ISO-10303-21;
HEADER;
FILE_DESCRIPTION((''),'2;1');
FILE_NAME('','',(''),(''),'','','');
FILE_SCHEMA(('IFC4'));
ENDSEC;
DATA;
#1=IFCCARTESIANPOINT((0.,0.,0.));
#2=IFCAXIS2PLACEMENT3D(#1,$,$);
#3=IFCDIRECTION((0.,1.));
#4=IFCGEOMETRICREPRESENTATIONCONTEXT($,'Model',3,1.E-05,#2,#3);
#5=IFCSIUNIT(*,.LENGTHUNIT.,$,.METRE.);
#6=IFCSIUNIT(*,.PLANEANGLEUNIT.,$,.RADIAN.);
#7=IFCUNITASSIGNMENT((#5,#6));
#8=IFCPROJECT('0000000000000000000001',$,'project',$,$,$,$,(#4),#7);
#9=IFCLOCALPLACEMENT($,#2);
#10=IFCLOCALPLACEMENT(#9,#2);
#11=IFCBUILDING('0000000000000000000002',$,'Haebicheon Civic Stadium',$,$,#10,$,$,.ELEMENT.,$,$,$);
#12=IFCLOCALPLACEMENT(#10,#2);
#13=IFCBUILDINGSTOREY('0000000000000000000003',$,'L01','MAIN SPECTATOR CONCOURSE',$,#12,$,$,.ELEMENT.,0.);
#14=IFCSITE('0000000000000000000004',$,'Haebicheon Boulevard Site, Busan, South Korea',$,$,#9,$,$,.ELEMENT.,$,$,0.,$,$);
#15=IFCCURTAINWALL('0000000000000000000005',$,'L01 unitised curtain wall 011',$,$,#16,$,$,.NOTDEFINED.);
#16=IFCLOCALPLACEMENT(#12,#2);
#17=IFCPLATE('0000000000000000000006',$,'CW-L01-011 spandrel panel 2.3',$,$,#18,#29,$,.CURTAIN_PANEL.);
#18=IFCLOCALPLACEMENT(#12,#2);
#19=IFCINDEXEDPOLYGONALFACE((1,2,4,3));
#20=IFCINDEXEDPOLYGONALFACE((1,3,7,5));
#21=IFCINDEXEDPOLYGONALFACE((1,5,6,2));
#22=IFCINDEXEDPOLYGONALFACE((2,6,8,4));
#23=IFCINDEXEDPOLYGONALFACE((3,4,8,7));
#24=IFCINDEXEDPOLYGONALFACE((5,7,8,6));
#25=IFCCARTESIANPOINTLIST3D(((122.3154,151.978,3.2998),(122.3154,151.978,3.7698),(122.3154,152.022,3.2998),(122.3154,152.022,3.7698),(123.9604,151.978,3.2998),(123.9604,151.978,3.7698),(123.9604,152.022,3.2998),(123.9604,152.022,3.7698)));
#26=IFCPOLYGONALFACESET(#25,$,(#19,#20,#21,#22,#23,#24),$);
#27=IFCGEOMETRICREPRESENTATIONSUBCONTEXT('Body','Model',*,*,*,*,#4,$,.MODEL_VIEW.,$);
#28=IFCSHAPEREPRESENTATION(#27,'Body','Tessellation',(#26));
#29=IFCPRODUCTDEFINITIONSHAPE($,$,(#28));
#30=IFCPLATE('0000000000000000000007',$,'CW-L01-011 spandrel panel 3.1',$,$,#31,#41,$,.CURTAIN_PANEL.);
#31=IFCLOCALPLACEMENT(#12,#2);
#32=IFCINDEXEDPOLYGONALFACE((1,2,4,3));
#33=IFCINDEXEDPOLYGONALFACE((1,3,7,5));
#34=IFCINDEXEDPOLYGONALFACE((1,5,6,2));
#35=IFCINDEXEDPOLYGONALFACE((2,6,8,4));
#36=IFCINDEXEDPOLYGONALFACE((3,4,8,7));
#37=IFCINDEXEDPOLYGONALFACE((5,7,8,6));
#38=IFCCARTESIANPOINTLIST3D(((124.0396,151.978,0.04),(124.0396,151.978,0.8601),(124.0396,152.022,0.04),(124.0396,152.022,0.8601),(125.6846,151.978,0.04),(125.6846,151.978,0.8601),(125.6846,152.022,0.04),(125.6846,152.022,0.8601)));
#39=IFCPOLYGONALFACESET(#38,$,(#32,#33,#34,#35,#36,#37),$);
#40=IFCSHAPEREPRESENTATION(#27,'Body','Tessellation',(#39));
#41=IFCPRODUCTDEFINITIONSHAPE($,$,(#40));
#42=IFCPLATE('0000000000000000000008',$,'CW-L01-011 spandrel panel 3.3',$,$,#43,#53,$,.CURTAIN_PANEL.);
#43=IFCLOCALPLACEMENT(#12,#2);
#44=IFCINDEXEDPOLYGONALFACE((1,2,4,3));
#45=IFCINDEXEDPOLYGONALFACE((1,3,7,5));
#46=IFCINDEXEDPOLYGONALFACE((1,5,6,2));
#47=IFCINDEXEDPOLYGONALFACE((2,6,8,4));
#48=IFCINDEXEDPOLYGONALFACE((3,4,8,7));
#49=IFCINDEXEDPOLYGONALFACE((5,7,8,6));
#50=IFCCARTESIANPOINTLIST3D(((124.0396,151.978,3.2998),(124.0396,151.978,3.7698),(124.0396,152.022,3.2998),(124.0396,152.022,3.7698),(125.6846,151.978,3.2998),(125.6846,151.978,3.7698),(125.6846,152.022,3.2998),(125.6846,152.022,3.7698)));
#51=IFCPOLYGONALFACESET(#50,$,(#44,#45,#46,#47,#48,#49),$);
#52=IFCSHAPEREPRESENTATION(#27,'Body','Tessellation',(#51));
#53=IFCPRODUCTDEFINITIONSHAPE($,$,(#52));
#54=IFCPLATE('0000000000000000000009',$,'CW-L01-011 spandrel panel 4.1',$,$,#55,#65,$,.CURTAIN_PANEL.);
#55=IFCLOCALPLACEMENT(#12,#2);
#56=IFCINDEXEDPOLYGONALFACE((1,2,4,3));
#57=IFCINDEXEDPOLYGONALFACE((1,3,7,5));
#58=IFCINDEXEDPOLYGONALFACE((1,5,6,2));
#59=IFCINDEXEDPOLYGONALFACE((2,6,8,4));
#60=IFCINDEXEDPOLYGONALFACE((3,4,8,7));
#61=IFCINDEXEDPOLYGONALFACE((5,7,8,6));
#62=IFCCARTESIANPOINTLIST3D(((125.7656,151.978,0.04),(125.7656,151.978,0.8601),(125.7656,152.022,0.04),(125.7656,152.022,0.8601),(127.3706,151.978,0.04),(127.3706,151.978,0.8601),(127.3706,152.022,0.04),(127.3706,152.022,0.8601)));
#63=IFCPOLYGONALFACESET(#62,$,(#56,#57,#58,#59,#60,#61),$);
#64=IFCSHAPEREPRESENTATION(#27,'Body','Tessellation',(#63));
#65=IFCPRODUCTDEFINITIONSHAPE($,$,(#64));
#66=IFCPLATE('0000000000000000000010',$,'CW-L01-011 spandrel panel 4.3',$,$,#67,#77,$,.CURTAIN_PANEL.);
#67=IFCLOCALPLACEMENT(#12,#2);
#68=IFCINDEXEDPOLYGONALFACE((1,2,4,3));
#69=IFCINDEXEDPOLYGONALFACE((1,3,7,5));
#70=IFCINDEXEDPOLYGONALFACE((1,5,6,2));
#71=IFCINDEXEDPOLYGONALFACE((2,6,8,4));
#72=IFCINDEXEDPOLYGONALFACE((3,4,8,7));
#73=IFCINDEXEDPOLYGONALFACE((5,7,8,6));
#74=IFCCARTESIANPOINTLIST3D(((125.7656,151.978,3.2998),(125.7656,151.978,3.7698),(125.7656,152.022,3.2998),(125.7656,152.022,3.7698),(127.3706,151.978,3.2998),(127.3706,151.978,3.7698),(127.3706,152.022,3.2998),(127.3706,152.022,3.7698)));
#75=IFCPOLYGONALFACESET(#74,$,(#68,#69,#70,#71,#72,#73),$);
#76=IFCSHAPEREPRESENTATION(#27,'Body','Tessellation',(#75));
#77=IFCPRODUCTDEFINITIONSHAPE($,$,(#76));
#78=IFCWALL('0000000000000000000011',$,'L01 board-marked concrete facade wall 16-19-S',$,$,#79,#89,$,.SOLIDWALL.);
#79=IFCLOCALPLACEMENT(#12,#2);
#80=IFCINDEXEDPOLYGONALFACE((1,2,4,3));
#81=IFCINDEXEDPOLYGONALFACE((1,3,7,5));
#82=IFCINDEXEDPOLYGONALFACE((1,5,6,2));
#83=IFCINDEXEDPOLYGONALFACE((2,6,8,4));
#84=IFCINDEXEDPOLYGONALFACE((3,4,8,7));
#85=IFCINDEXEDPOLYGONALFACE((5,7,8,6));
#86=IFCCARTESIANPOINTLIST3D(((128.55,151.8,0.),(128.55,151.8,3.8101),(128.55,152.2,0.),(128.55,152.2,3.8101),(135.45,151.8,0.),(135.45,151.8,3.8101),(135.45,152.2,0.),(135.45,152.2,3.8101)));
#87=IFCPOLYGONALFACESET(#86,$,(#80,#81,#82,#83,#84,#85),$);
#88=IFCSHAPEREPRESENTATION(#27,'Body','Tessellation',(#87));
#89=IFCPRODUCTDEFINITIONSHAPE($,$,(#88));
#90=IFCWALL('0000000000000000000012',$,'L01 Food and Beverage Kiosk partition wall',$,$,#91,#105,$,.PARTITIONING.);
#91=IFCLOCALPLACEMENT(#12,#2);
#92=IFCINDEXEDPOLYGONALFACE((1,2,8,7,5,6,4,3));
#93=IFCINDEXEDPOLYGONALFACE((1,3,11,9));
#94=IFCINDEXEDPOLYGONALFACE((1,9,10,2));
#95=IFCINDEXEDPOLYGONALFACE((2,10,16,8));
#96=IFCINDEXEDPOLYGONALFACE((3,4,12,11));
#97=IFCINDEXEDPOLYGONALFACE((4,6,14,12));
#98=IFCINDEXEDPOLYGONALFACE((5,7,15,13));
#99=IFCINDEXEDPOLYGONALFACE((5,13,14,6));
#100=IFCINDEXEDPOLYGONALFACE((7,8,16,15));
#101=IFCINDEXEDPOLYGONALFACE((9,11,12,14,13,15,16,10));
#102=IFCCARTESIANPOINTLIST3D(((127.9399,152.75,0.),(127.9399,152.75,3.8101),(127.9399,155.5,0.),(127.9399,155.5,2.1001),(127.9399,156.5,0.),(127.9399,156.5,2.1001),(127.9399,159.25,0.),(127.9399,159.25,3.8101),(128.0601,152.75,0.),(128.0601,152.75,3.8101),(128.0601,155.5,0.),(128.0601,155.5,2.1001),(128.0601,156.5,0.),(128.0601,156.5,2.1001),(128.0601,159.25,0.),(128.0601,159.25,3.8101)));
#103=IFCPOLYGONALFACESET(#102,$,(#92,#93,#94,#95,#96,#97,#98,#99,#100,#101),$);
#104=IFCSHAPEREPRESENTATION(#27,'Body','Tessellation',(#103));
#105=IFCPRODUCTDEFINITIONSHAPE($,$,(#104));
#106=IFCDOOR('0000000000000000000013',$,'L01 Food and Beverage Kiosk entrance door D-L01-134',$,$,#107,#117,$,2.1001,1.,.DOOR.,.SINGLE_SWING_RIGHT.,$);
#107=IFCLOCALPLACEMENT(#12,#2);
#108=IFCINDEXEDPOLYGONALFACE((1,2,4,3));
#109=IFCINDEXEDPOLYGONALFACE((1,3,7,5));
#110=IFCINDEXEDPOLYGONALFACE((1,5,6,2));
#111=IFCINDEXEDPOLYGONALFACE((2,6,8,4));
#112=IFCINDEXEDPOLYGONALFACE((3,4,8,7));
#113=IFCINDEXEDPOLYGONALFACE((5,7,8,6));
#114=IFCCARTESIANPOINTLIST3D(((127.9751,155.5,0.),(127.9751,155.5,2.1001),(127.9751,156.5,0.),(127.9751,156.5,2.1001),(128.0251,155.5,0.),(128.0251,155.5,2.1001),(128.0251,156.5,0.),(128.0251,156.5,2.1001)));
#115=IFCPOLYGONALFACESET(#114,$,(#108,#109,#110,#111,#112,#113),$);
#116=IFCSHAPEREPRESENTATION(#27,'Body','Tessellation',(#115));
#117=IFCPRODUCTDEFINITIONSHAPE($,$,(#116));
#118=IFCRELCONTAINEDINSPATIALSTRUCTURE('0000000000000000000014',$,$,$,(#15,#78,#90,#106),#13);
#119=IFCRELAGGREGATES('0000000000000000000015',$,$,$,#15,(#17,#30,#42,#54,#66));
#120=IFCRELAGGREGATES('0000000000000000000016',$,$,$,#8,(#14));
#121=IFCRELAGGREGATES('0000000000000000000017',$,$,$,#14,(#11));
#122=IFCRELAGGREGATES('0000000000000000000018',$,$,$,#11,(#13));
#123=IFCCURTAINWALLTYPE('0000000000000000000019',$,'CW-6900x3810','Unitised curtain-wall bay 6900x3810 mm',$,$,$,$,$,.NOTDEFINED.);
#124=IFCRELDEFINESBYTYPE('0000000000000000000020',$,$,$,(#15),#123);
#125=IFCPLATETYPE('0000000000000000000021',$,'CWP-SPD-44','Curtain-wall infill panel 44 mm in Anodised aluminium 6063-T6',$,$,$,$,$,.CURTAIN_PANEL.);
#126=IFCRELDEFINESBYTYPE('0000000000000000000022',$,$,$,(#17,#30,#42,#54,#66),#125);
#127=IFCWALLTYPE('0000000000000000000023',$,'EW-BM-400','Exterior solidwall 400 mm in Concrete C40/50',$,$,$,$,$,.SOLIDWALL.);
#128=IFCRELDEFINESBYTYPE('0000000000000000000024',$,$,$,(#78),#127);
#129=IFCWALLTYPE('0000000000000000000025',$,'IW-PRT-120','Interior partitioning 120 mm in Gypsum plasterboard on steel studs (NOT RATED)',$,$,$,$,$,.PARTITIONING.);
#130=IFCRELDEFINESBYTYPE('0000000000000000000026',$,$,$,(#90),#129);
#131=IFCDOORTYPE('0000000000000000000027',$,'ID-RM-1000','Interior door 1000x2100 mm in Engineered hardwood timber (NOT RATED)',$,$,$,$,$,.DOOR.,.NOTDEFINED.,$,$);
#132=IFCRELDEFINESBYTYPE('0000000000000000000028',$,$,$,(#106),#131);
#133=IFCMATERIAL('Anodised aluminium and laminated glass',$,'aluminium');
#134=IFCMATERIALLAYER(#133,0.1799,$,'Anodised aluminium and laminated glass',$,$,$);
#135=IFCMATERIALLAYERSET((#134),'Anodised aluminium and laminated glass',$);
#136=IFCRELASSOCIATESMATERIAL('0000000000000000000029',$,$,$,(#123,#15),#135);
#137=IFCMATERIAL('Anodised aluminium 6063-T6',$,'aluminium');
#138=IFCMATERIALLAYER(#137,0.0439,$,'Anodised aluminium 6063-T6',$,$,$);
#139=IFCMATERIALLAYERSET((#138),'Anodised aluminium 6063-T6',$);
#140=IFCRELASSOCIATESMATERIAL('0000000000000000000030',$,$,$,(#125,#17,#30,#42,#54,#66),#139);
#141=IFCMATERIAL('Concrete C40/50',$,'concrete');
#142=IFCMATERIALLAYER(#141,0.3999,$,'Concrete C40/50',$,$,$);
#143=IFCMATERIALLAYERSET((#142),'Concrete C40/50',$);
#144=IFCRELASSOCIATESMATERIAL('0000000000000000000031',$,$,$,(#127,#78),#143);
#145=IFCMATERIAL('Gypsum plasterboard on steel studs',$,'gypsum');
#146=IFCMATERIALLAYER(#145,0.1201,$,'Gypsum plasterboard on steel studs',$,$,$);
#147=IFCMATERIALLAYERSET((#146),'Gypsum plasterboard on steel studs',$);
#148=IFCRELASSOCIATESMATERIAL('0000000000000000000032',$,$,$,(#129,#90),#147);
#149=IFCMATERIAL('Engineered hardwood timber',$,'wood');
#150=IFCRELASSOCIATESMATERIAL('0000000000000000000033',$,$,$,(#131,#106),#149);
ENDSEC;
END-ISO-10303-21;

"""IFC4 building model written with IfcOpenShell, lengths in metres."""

from ifc_helpers import new_model, si_unit, direction, frame, frame_2d, origin, origin_2d, place, context, subcontext, project, spatial, rectangle, extrude, material, layer, layer_set, type_object, element, fill, aggregate, save


model = new_model("IFC4")

# Units and contexts
model_context = context("Model", 3, precision=1e-05, world=origin(), true_north=direction((0.0, 1.0)))
body_context = subcontext(model_context, "Body", "Model", "MODEL_VIEW")
ifc_project = project(units=[si_unit("LENGTHUNIT", "METRE"), si_unit("PLANEANGLEUNIT", "RADIAN")], contexts=[model_context])

# Site, building, storey
site_placement = place(None, origin())
site = spatial("IfcSite", under=ifc_project, at=site_placement, Name="Haebicheon Boulevard Site, Busan, South Korea", CompositionType="ELEMENT", RefElevation=0.0)
building_placement = place(site_placement, origin())
building = spatial("IfcBuilding", under=site, at=building_placement, Name="Haebicheon Civic Stadium", CompositionType="ELEMENT")
storey_placement = place(building_placement, origin())
storey = spatial("IfcBuildingStorey", under=building, at=storey_placement, Name="L01", Description="MAIN SPECTATOR CONCOURSE", CompositionType="ELEMENT", Elevation=0.0)

# Curtain wall
ifc_material_1 = material(Name="Anodised aluminium and laminated glass", Category="aluminium")
ifc_layer_1 = layer(ifc_material_1, 0.1799, Name="Anodised aluminium and laminated glass")
ifc_layer_set_1 = layer_set([ifc_layer_1], Name="Anodised aluminium and laminated glass")
curtain_wall_type = type_object("IfcCurtainWallType", Name="CW-6900x3810", Description="Unitised curtain-wall bay 6900x3810 mm", PredefinedType="NOTDEFINED", material=ifc_layer_set_1)
curtain_wall_placement = place(storey_placement, origin())
curtain_wall = element("IfcCurtainWall", 1, at=curtain_wall_placement, inside=storey, type_object=curtain_wall_type, material=ifc_layer_set_1, Name="L01 unitised curtain wall 011", PredefinedType="NOTDEFINED")

# Plates
ifc_material_2 = material(Name="Anodised aluminium 6063-T6", Category="aluminium")
ifc_layer_2 = layer(ifc_material_2, 0.0439, Name="Anodised aluminium 6063-T6")
ifc_layer_set_2 = layer_set([ifc_layer_2], Name="Anodised aluminium 6063-T6")
plate_type_1 = type_object("IfcPlateType", Name="CWP-SPD-44", Description="Curtain-wall infill panel 44 mm in Anodised aluminium 6063-T6", PredefinedType="CURTAIN_PANEL", material=ifc_layer_set_2)
plate_1_placement = place(storey_placement, frame((123.1379, 152.0, 3.2998), z_axis=(0.0, 0.0, 1.0), x_axis=(1.0, 0.0, 0.0)))
plate_1 = element("IfcPlate", 2, at=plate_1_placement, type_object=plate_type_1, material=ifc_layer_set_2, Name="CW-L01-011 spandrel panel 2.3", PredefinedType="CURTAIN_PANEL", context=body_context, shape_type="SweptSolid", body=[
    extrude(rectangle(XDim=1.645, YDim=0.0439, at=origin_2d()), origin(), (0.0, 0.0, 1.0), 0.47),
])
plate_2_placement = place(storey_placement, frame((124.8621, 152.0, 0.04), z_axis=(0.0, 0.0, 1.0), x_axis=(1.0, 0.0, 0.0)))
plate_2 = element("IfcPlate", 3, at=plate_2_placement, type_object=plate_type_1, material=ifc_layer_set_2, Name="CW-L01-011 spandrel panel 3.1", PredefinedType="CURTAIN_PANEL", context=body_context, shape_type="SweptSolid", body=[
    extrude(rectangle(XDim=1.645, YDim=0.0439, at=origin_2d()), origin(), (0.0, 0.0, 1.0), 0.8201),
])
plate_3_placement = place(storey_placement, frame((124.8621, 152.0, 3.2998), z_axis=(0.0, 0.0, 1.0), x_axis=(1.0, 0.0, 0.0)))
plate_3 = element("IfcPlate", 4, at=plate_3_placement, type_object=plate_type_1, material=ifc_layer_set_2, Name="CW-L01-011 spandrel panel 3.3", PredefinedType="CURTAIN_PANEL", context=body_context, shape_type="SweptSolid", body=[
    extrude(rectangle(XDim=1.645, YDim=0.0439, at=origin_2d()), origin(), (0.0, 0.0, 1.0), 0.47),
])
plate_4_placement = place(storey_placement, frame((126.5681, 152.0, 0.04), z_axis=(0.0, 0.0, 1.0), x_axis=(1.0, 0.0, 0.0)))
plate_4 = element("IfcPlate", 5, at=plate_4_placement, type_object=plate_type_1, material=ifc_layer_set_2, Name="CW-L01-011 spandrel panel 4.1", PredefinedType="CURTAIN_PANEL", context=body_context, shape_type="SweptSolid", body=[
    extrude(rectangle(XDim=1.605, YDim=0.0439, at=origin_2d()), origin(), (0.0, 0.0, 1.0), 0.8201),
])
plate_5_placement = place(storey_placement, frame((126.5681, 152.0, 3.2998), z_axis=(0.0, 0.0, 1.0), x_axis=(1.0, 0.0, 0.0)))
plate_5 = element("IfcPlate", 6, at=plate_5_placement, type_object=plate_type_1, material=ifc_layer_set_2, Name="CW-L01-011 spandrel panel 4.3", PredefinedType="CURTAIN_PANEL", context=body_context, shape_type="SweptSolid", body=[
    extrude(rectangle(XDim=1.605, YDim=0.0439, at=origin_2d()), origin(), (0.0, 0.0, 1.0), 0.47),
])
aggregate(curtain_wall, [plate_1, plate_2, plate_3, plate_4, plate_5])

# Wall
ifc_material_3 = material(Name="Concrete C40/50", Category="concrete")
ifc_layer_3 = layer(ifc_material_3, 0.3999, Name="Concrete C40/50")
ifc_layer_set_3 = layer_set([ifc_layer_3], Name="Concrete C40/50")
wall_type_1 = type_object("IfcWallType", Name="EW-BM-400", Description="Exterior solidwall 400 mm in Concrete C40/50", PredefinedType="SOLIDWALL", material=ifc_layer_set_3)
wall_1_placement = place(storey_placement, frame((128.55, 152.0, 0.0), z_axis=(0.0, 0.0, 1.0), x_axis=(1.0, 0.0, 0.0)))
element("IfcWall", 7, at=wall_1_placement, inside=storey, type_object=wall_type_1, material=ifc_layer_set_3, Name="L01 board-marked concrete facade wall 16-19-S", PredefinedType="SOLIDWALL", context=body_context, shape_type="SweptSolid", body=[
    extrude(rectangle(XDim=6.8999, YDim=0.3999, at=frame_2d((3.45, 0.0))), origin(), (0.0, 0.0, 1.0), 3.8101),
])

# Wall, opening, door
ifc_material_4 = material(Name="Gypsum plasterboard on steel studs", Category="gypsum")
ifc_layer_4 = layer(ifc_material_4, 0.1201, Name="Gypsum plasterboard on steel studs")
ifc_layer_set_4 = layer_set([ifc_layer_4], Name="Gypsum plasterboard on steel studs")
wall_type_2 = type_object("IfcWallType", Name="IW-PRT-120", Description="Interior partitioning 120 mm in Gypsum plasterboard on steel studs (NOT RATED)", PredefinedType="PARTITIONING", material=ifc_layer_set_4)
wall_2_placement = place(storey_placement, frame((128.0, 152.75, 0.0), z_axis=(0.0, 0.0, 1.0), x_axis=(0.0, 1.0, 0.0)))
wall_2 = element("IfcWall", 8, at=wall_2_placement, inside=storey, type_object=wall_type_2, material=ifc_layer_set_4, Name="L01 Food and Beverage Kiosk partition wall", PredefinedType="PARTITIONING", context=body_context, shape_type="SweptSolid", body=[
    extrude(rectangle(XDim=6.5, YDim=0.1201, at=frame_2d((3.25, 0.0))), origin(), (0.0, 0.0, 1.0), 3.8101),
])
opening_placement = place(wall_2_placement, frame((2.75, 0.0, 0.0)))
opening = element("IfcOpeningElement", 9, at=opening_placement, cuts=wall_2, PredefinedType="OPENING", context=body_context, shape_type="SweptSolid", body=[
    extrude(rectangle(XDim=1.0, YDim=2.1001, at=frame_2d((0.5, 1.05))), frame((0.0, 0.0701, 0.0), z_axis=(0.0, -1.0, 0.0), x_axis=(1.0, 0.0, 0.0)), (0.0, 0.0, 1.0), 0.1401),
])
ifc_material_5 = material(Name="Engineered hardwood timber", Category="wood")
door_type = type_object("IfcDoorType", Name="ID-RM-1000", Description="Interior door 1000x2100 mm in Engineered hardwood timber (NOT RATED)", OperationType="NOTDEFINED", PredefinedType="DOOR", material=ifc_material_5)
door_placement = place(opening_placement, origin())
door = element("IfcDoor", 10, at=door_placement, inside=storey, type_object=door_type, material=ifc_material_5, Name="L01 Food and Beverage Kiosk entrance door D-L01-134", OperationType="SINGLE_SWING_RIGHT", OverallHeight=2.1001, OverallWidth=1.0, PredefinedType="DOOR", context=body_context, shape_type="SweptSolid", body=[
    extrude(rectangle(XDim=1.0, YDim=2.1001, at=frame_2d((0.5, 1.05))), frame((0.0, 0.0249, 0.0), z_axis=(0.0, -1.0, 0.0), x_axis=(1.0, 0.0, 0.0)), (0.0, 0.0, 1.0), 0.05),
])
fill(opening, door)

save(model, "model.ifc")
